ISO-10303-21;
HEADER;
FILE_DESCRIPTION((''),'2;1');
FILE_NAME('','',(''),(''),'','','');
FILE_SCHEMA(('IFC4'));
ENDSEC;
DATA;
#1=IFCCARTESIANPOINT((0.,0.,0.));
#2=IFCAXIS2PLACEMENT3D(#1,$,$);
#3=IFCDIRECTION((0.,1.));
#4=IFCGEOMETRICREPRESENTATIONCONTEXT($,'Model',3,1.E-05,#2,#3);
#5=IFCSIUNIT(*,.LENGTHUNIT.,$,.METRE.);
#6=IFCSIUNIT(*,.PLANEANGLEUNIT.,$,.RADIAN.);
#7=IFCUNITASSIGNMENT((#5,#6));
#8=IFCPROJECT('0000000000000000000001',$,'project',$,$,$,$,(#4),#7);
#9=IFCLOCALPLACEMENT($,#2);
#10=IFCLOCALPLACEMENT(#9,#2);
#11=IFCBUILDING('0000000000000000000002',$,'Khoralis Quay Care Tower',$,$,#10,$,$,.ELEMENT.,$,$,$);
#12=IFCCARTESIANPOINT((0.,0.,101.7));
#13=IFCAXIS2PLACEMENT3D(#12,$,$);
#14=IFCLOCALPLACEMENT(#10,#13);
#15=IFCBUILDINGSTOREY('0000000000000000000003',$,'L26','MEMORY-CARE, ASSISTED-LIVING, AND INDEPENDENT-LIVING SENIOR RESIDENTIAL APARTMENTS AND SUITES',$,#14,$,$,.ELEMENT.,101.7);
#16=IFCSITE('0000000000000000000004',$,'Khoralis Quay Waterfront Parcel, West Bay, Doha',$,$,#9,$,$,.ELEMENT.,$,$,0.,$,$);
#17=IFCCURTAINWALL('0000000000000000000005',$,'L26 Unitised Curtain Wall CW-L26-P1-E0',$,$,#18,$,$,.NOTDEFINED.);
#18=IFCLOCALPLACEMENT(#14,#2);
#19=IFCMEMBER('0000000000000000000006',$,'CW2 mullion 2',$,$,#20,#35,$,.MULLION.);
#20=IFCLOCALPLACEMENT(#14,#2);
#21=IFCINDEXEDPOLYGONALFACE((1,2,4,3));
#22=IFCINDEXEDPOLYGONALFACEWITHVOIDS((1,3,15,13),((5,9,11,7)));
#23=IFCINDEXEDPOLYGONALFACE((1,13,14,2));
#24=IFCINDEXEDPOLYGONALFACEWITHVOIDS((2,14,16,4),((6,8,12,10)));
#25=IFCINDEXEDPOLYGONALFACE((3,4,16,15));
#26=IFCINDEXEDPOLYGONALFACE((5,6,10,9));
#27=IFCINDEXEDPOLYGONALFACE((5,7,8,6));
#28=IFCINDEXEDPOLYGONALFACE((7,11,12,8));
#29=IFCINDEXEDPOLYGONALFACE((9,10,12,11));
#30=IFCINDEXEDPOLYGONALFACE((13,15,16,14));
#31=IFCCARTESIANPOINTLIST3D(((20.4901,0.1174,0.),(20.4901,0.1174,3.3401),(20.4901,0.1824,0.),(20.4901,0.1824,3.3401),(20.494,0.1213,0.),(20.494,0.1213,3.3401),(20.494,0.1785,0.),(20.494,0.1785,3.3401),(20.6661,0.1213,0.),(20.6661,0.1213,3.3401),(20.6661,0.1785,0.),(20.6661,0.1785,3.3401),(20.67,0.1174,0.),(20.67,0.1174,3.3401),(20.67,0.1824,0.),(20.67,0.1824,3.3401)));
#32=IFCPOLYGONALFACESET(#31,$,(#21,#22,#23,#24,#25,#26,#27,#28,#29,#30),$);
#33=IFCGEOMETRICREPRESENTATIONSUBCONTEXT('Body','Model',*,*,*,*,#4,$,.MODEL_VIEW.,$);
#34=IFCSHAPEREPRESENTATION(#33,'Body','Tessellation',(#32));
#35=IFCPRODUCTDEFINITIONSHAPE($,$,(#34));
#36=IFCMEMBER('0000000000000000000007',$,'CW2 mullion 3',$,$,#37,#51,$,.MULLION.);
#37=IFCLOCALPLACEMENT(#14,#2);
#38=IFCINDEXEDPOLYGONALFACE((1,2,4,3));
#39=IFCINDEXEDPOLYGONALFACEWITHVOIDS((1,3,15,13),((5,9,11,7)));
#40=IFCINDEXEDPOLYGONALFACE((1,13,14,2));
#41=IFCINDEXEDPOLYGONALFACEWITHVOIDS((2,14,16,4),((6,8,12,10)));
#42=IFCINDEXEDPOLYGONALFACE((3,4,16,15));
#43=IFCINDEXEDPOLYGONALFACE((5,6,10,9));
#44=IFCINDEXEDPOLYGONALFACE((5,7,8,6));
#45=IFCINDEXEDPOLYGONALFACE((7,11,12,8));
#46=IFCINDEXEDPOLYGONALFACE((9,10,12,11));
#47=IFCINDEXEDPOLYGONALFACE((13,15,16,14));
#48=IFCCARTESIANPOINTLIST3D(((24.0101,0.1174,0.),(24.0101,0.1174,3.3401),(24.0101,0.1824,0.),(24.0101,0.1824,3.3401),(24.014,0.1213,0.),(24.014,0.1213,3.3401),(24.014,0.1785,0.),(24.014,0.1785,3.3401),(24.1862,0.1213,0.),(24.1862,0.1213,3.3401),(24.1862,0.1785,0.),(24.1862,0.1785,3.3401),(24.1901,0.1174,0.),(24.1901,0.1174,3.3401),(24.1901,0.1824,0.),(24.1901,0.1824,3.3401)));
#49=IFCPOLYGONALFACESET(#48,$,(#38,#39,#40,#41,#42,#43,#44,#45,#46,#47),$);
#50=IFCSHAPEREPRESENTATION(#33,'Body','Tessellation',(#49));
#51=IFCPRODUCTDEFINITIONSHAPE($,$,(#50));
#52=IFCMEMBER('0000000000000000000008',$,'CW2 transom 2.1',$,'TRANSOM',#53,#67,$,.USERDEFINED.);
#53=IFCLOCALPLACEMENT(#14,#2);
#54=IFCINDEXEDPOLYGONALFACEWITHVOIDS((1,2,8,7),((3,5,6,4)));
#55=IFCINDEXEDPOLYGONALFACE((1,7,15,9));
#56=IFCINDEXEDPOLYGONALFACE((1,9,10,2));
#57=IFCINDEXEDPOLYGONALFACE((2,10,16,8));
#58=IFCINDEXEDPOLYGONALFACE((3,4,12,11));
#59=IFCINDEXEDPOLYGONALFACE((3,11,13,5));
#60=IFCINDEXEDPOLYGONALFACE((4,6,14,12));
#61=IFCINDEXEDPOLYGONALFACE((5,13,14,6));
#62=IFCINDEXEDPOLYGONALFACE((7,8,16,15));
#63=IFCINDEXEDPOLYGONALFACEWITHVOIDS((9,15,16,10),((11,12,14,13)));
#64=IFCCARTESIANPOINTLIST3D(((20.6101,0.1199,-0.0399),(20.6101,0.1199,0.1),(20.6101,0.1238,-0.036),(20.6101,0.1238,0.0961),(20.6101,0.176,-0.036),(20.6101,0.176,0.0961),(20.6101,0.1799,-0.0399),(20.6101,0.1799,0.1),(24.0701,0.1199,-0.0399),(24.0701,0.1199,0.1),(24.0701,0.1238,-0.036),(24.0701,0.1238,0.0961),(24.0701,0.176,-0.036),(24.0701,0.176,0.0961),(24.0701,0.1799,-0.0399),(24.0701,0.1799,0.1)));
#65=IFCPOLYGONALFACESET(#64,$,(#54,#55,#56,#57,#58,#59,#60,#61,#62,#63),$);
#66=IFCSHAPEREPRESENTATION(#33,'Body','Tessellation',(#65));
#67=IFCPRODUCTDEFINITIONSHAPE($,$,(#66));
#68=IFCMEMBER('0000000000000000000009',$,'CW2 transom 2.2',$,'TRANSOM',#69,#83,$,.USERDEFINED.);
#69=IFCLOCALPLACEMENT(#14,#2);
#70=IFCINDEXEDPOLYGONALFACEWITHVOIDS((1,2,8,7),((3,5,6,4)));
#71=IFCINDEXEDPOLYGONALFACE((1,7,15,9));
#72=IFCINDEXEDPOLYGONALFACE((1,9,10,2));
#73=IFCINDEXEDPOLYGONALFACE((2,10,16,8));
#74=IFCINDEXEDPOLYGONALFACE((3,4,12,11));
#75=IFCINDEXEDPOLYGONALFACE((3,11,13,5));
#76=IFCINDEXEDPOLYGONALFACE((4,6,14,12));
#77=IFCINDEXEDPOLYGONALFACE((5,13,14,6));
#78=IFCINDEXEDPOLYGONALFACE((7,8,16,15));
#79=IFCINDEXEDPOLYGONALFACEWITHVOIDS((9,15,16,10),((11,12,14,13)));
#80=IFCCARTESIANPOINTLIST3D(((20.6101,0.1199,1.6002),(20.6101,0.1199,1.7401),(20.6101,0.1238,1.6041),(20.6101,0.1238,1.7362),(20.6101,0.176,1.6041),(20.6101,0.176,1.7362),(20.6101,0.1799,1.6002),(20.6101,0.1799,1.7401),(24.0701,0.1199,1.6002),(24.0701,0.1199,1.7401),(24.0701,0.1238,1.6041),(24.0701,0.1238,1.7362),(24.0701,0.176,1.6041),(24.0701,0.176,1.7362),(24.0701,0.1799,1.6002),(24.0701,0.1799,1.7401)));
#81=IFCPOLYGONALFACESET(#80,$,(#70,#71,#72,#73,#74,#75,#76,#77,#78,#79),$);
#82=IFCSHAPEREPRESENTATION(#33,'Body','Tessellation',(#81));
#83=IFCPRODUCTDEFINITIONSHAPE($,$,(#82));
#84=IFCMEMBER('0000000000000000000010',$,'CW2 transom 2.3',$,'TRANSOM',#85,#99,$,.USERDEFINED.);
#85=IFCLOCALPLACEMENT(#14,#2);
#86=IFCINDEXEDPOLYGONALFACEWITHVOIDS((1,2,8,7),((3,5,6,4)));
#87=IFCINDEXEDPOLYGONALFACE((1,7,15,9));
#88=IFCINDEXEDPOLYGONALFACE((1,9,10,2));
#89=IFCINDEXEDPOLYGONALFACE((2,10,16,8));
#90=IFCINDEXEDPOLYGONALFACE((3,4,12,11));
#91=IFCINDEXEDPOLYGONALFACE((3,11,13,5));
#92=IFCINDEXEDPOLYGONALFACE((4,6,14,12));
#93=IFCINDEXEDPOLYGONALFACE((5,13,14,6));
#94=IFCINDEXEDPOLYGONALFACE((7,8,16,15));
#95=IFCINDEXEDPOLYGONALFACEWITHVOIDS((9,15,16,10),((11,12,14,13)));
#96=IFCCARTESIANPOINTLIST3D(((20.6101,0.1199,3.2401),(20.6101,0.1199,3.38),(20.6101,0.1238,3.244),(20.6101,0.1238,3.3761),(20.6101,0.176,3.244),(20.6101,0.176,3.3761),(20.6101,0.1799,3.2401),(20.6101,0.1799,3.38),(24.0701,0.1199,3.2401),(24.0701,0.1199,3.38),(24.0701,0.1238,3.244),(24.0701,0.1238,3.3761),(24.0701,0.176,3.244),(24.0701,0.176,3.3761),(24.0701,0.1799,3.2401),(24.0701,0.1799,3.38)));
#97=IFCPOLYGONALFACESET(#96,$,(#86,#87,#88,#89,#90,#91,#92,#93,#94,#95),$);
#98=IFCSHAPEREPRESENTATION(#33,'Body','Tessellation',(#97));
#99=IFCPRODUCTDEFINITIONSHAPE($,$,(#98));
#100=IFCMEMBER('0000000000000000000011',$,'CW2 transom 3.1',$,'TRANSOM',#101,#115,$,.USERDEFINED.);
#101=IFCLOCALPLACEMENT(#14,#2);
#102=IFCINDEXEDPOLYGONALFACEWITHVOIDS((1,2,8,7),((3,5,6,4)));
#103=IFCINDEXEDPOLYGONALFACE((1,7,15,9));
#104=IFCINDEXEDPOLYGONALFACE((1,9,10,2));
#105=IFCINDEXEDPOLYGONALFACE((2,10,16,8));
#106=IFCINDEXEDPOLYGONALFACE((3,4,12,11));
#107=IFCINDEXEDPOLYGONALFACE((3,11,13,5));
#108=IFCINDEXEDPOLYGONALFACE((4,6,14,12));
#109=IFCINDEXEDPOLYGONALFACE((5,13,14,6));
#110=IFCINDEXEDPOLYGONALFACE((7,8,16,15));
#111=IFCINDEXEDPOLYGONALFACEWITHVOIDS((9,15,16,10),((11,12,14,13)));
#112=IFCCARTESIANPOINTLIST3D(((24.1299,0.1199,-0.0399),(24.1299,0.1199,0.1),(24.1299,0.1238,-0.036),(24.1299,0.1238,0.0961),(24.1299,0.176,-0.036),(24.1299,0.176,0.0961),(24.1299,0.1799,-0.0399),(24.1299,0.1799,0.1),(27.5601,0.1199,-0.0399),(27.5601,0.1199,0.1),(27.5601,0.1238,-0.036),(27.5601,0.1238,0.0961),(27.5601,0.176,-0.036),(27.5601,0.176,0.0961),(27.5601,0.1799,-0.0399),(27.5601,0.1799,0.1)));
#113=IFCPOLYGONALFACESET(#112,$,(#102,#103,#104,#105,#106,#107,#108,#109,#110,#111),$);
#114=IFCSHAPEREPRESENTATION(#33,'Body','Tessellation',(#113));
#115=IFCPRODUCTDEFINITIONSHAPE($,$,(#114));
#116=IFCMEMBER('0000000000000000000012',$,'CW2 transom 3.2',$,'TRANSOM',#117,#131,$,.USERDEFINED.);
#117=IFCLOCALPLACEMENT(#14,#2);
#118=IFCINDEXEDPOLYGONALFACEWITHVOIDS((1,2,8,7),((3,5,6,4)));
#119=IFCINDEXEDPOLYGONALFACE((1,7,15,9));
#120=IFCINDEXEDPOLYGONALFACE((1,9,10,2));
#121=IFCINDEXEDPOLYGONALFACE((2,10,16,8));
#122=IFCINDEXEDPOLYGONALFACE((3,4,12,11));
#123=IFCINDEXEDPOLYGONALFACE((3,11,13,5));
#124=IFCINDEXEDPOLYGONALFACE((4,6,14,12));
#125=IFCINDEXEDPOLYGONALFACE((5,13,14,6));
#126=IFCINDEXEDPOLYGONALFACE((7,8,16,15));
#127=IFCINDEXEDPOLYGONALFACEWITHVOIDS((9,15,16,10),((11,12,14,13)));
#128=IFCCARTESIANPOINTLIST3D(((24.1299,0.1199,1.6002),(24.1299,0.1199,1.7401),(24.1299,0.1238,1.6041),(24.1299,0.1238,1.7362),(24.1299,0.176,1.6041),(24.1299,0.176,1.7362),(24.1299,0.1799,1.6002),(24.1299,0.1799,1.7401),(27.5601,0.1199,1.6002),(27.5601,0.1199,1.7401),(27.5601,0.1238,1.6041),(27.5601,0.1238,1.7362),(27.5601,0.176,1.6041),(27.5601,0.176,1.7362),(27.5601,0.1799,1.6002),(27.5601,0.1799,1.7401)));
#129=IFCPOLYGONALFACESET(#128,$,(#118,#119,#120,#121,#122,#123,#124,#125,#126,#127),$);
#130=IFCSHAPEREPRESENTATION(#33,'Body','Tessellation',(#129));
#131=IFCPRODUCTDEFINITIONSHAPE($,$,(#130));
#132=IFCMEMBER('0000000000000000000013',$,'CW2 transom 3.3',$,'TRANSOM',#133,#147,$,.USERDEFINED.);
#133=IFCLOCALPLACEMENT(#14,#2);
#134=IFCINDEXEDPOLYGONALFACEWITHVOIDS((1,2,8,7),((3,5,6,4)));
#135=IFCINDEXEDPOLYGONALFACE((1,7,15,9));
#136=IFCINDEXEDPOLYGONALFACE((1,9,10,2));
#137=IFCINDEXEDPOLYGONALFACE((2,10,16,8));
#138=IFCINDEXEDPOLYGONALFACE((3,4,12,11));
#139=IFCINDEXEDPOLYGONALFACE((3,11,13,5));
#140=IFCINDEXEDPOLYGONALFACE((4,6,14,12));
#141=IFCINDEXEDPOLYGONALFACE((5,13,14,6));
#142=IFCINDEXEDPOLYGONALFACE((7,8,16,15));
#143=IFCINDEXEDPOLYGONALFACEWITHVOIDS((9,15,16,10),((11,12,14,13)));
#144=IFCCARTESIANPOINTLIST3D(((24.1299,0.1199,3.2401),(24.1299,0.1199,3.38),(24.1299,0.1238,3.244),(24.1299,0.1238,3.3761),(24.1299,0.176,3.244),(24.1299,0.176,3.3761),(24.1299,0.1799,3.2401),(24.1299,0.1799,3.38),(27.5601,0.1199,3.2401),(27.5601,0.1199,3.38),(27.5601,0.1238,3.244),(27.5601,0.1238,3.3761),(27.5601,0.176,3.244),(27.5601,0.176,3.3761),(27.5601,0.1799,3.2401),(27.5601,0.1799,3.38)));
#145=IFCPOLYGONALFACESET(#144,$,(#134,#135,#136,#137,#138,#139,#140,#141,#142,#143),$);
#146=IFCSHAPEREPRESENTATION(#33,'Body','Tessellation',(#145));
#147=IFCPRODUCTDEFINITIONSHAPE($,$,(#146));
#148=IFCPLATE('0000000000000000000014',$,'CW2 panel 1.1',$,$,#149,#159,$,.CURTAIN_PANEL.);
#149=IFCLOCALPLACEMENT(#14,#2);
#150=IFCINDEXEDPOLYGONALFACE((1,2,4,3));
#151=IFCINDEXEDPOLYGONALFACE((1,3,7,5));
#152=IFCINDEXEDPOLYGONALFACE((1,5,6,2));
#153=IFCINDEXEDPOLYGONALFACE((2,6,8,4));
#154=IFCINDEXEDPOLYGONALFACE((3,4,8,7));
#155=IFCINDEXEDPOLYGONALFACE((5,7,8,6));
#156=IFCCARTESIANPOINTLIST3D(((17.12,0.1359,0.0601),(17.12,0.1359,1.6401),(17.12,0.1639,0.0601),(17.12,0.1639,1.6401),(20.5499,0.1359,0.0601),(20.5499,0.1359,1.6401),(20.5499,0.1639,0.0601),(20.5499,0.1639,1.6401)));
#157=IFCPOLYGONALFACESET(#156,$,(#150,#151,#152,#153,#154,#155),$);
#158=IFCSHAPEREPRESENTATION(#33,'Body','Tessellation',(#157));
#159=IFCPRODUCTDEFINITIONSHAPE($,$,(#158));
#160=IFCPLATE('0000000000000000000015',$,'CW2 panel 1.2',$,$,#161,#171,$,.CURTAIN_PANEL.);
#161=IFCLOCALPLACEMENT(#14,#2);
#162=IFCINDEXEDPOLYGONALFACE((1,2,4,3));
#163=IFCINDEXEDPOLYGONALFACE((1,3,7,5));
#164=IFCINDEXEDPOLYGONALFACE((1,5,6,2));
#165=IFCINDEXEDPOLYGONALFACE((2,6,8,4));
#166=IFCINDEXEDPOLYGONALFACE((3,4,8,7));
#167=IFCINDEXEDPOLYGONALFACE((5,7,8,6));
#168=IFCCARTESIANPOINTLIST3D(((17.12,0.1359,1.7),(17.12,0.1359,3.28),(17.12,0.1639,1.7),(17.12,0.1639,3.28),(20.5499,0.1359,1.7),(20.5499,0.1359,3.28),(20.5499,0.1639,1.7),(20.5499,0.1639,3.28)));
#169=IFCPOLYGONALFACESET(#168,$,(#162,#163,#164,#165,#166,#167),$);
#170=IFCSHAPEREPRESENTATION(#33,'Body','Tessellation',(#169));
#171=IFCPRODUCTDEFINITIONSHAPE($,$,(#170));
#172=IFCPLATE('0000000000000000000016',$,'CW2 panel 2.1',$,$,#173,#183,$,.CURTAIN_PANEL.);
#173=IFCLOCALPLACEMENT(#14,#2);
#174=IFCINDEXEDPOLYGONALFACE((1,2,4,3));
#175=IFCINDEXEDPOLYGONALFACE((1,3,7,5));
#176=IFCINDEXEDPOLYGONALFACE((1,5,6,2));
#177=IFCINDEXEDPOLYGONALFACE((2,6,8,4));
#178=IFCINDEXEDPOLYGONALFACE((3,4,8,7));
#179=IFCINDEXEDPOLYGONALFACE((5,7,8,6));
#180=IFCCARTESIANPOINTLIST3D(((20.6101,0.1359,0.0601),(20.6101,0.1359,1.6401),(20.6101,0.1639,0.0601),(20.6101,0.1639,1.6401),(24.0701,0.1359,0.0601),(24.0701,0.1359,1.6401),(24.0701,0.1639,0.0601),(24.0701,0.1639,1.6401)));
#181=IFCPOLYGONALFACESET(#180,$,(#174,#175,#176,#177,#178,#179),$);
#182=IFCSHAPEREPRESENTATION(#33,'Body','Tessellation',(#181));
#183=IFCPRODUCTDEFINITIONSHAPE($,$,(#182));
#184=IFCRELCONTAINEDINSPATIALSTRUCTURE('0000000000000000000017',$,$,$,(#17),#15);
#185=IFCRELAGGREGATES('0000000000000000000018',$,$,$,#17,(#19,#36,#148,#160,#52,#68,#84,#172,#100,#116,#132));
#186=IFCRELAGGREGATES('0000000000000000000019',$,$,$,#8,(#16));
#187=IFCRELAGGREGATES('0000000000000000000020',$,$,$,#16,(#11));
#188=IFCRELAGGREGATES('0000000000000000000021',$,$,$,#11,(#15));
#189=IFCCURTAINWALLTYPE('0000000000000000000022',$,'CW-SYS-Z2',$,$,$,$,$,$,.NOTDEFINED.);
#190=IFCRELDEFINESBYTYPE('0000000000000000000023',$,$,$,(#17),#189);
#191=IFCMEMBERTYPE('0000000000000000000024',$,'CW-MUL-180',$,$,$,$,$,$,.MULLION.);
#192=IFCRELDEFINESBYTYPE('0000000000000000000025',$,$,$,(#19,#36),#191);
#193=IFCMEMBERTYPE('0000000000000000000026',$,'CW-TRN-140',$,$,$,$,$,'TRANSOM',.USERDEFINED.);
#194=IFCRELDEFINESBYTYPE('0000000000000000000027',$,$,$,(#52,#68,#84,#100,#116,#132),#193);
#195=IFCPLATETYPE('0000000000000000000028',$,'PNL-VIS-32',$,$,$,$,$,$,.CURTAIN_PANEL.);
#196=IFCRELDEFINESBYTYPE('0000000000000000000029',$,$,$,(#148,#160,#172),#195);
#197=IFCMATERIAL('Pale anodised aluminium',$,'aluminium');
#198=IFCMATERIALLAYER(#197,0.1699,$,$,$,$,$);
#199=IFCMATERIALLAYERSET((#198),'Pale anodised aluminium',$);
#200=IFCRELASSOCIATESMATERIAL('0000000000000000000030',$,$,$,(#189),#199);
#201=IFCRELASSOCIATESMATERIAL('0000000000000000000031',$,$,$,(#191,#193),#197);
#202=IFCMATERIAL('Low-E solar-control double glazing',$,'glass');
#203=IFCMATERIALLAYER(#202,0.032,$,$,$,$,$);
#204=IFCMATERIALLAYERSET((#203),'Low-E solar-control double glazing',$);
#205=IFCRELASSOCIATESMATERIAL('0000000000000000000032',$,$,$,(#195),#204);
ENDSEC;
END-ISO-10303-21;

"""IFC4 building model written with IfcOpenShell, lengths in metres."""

from ifc_helpers import new_model, si_unit, direction, frame, origin, origin_2d, place, context, subcontext, project, spatial, rectangle, hollow_rectangle, extrude, source, transform, mapped, material, layer, layer_set, material_profile, profile_set, type_object, element, aggregate, save


model = new_model("IFC4")

# Units and contexts
model_context = context("Model", 3, precision=1e-05, world=origin(), true_north=direction((0.0, 1.0)))
body_context = subcontext(model_context, "Body", "Model", "MODEL_VIEW")
ifc_project = project(units=[si_unit("LENGTHUNIT", "METRE"), si_unit("PLANEANGLEUNIT", "RADIAN")], contexts=[model_context])

# Site, building, storey
site_placement = place(None, origin())
site = spatial("IfcSite", under=ifc_project, at=site_placement, Name="Khoralis Quay Waterfront Parcel, West Bay, Doha", CompositionType="ELEMENT", RefElevation=0.0)
building_placement = place(site_placement, origin())
building = spatial("IfcBuilding", under=site, at=building_placement, Name="Khoralis Quay Care Tower", CompositionType="ELEMENT")
storey_placement = place(building_placement, frame((0.0, 0.0, 101.7)))
storey = spatial("IfcBuildingStorey", under=building, at=storey_placement, Name="L26", Description="MEMORY-CARE, ASSISTED-LIVING, AND INDEPENDENT-LIVING SENIOR RESIDENTIAL APARTMENTS AND SUITES", CompositionType="ELEMENT", Elevation=101.7)

# Curtain wall, members, plates
ifc_material_1 = material(Name="Pale anodised aluminium", Category="aluminium")
ifc_layer_1 = layer(ifc_material_1, 0.1699)
ifc_layer_set_1 = layer_set([ifc_layer_1], Name="Pale anodised aluminium")
curtain_wall_type = type_object("IfcCurtainWallType", Name="CW-SYS-Z2", PredefinedType="NOTDEFINED", material=ifc_layer_set_1)
curtain_wall_placement = place(storey_placement, origin())
curtain_wall = element("IfcCurtainWall", 1, at=curtain_wall_placement, inside=storey, type_object=curtain_wall_type, Name="L26 Unitised Curtain Wall CW-L26-P1-E0", PredefinedType="NOTDEFINED")
ifc_material_profile_1 = material_profile(ifc_material_1, hollow_rectangle(XDim=0.0649, YDim=0.1799, WallThickness=0.0039, at=origin_2d()), Name="Pale anodised aluminium")
ifc_profile_set_1 = profile_set([ifc_material_profile_1], Name="Pale anodised aluminium")
member_type_1 = type_object("IfcMemberType", Name="CW-MUL-180", PredefinedType="MULLION", material=ifc_profile_set_1)
shared_shape_1 = source(origin(), body_context, "Body", "SweptSolid", [
    extrude(hollow_rectangle(XDim=0.0649, YDim=0.1799, WallThickness=0.0039, at=origin_2d()), origin(), (0.0, 0.0, 1.0), 3.3401),
])
member_1_placement = place(storey_placement, frame((20.5801, 0.1499, 0.0), z_axis=(0.0, 0.0, 1.0), x_axis=(0.0, 1.0, 0.0)))
member_1 = element("IfcMember", 2, at=member_1_placement, type_object=member_type_1, Name="CW2 mullion 2", PredefinedType="MULLION", context=body_context, shape_type="MappedRepresentation", body=[
    mapped(shared_shape_1, transform((0.0, 0.0, 0.0), scale=1.0)),
])
member_2_placement = place(storey_placement, frame((24.1001, 0.1499, 0.0), z_axis=(0.0, 0.0, 1.0), x_axis=(0.0, 1.0, 0.0)))
member_2 = element("IfcMember", 3, at=member_2_placement, type_object=member_type_1, Name="CW2 mullion 3", PredefinedType="MULLION", context=body_context, shape_type="MappedRepresentation", body=[
    mapped(shared_shape_1, transform((0.0, 0.0, 0.0), scale=1.0)),
])
ifc_material_profile_2 = material_profile(ifc_material_1, hollow_rectangle(XDim=0.0601, YDim=0.1399, WallThickness=0.0039, at=origin_2d()), Name="Pale anodised aluminium")
ifc_profile_set_2 = profile_set([ifc_material_profile_2], Name="Pale anodised aluminium")
member_type_2 = type_object("IfcMemberType", Name="CW-TRN-140", ElementType="TRANSOM", PredefinedType="USERDEFINED", material=ifc_profile_set_2)
shared_shape_2 = source(origin(), body_context, "Body", "SweptSolid", [
    extrude(hollow_rectangle(XDim=0.0601, YDim=0.1399, WallThickness=0.0039, at=origin_2d()), origin(), (0.0, 0.0, 1.0), 3.46),
])
member_3_placement = place(storey_placement, frame((20.6101, 0.1499, 0.03), z_axis=(1.0, 0.0, 0.0), x_axis=(0.0, 1.0, 0.0)))
member_3 = element("IfcMember", 4, at=member_3_placement, type_object=member_type_2, Name="CW2 transom 2.1", ObjectType="TRANSOM", PredefinedType="USERDEFINED", context=body_context, shape_type="MappedRepresentation", body=[
    mapped(shared_shape_2, transform((0.0, 0.0, 0.0), scale=1.0)),
])
member_4_placement = place(storey_placement, frame((20.6101, 0.1499, 1.6702), z_axis=(1.0, 0.0, 0.0), x_axis=(0.0, 1.0, 0.0)))
member_4 = element("IfcMember", 5, at=member_4_placement, type_object=member_type_2, Name="CW2 transom 2.2", ObjectType="TRANSOM", PredefinedType="USERDEFINED", context=body_context, shape_type="MappedRepresentation", body=[
    mapped(shared_shape_2, transform((0.0, 0.0, 0.0), scale=1.0)),
])
member_5_placement = place(storey_placement, frame((20.6101, 0.1499, 3.3101), z_axis=(1.0, 0.0, 0.0), x_axis=(0.0, 1.0, 0.0)))
member_5 = element("IfcMember", 6, at=member_5_placement, type_object=member_type_2, Name="CW2 transom 2.3", ObjectType="TRANSOM", PredefinedType="USERDEFINED", context=body_context, shape_type="MappedRepresentation", body=[
    mapped(shared_shape_2, transform((0.0, 0.0, 0.0), scale=1.0)),
])
shared_shape_3 = source(origin(), body_context, "Body", "SweptSolid", [
    extrude(hollow_rectangle(XDim=0.0601, YDim=0.1399, WallThickness=0.0039, at=origin_2d()), origin(), (0.0, 0.0, 1.0), 3.4302),
])
member_6_placement = place(storey_placement, frame((24.1299, 0.1499, 0.03), z_axis=(1.0, 0.0, 0.0), x_axis=(0.0, 1.0, 0.0)))
member_6 = element("IfcMember", 7, at=member_6_placement, type_object=member_type_2, Name="CW2 transom 3.1", ObjectType="TRANSOM", PredefinedType="USERDEFINED", context=body_context, shape_type="MappedRepresentation", body=[
    mapped(shared_shape_3, transform((0.0, 0.0, 0.0), scale=1.0)),
])
member_7_placement = place(storey_placement, frame((24.1299, 0.1499, 1.6702), z_axis=(1.0, 0.0, 0.0), x_axis=(0.0, 1.0, 0.0)))
member_7 = element("IfcMember", 8, at=member_7_placement, type_object=member_type_2, Name="CW2 transom 3.2", ObjectType="TRANSOM", PredefinedType="USERDEFINED", context=body_context, shape_type="MappedRepresentation", body=[
    mapped(shared_shape_3, transform((0.0, 0.0, 0.0), scale=1.0)),
])
member_8_placement = place(storey_placement, frame((24.1299, 0.1499, 3.3101), z_axis=(1.0, 0.0, 0.0), x_axis=(0.0, 1.0, 0.0)))
member_8 = element("IfcMember", 9, at=member_8_placement, type_object=member_type_2, Name="CW2 transom 3.3", ObjectType="TRANSOM", PredefinedType="USERDEFINED", context=body_context, shape_type="MappedRepresentation", body=[
    mapped(shared_shape_3, transform((0.0, 0.0, 0.0), scale=1.0)),
])
ifc_material_2 = material(Name="Low-E solar-control double glazing", Category="glass")
ifc_layer_2 = layer(ifc_material_2, 0.032)
ifc_layer_set_2 = layer_set([ifc_layer_2], Name="Low-E solar-control double glazing")
plate_type = type_object("IfcPlateType", Name="PNL-VIS-32", PredefinedType="CURTAIN_PANEL", material=ifc_layer_set_2)
shared_shape_4 = source(origin(), body_context, "Body", "SweptSolid", [
    extrude(rectangle(XDim=3.4299, YDim=0.0281, at=origin_2d()), origin(), (0.0, 0.0, 1.0), 1.5801),
])
plate_1_placement = place(storey_placement, frame((18.835, 0.1499, 0.0601), z_axis=(0.0, 0.0, 1.0), x_axis=(1.0, 0.0, 0.0)))
plate_1 = element("IfcPlate", 10, at=plate_1_placement, type_object=plate_type, Name="CW2 panel 1.1", PredefinedType="CURTAIN_PANEL", context=body_context, shape_type="MappedRepresentation", body=[
    mapped(shared_shape_4, transform((0.0, 0.0, 0.0), scale=1.0)),
])
plate_2_placement = place(storey_placement, frame((18.835, 0.1499, 1.7), z_axis=(0.0, 0.0, 1.0), x_axis=(1.0, 0.0, 0.0)))
plate_2 = element("IfcPlate", 11, at=plate_2_placement, type_object=plate_type, Name="CW2 panel 1.2", PredefinedType="CURTAIN_PANEL", context=body_context, shape_type="MappedRepresentation", body=[
    mapped(shared_shape_4, transform((0.0, 0.0, 0.0), scale=1.0)),
])
shared_shape_5 = source(origin(), body_context, "Body", "SweptSolid", [
    extrude(rectangle(XDim=3.46, YDim=0.0281, at=origin_2d()), origin(), (0.0, 0.0, 1.0), 1.5801),
])
plate_3_placement = place(storey_placement, frame((22.3401, 0.1499, 0.0601), z_axis=(0.0, 0.0, 1.0), x_axis=(1.0, 0.0, 0.0)))
plate_3 = element("IfcPlate", 12, at=plate_3_placement, type_object=plate_type, Name="CW2 panel 2.1", PredefinedType="CURTAIN_PANEL", context=body_context, shape_type="MappedRepresentation", body=[
    mapped(shared_shape_5, transform((0.0, 0.0, 0.0), scale=1.0)),
])
aggregate(curtain_wall, [member_1, member_2, plate_1, plate_2, member_3, member_4, member_5, plate_3, member_6, member_7, member_8])

save(model, "model.ifc")
